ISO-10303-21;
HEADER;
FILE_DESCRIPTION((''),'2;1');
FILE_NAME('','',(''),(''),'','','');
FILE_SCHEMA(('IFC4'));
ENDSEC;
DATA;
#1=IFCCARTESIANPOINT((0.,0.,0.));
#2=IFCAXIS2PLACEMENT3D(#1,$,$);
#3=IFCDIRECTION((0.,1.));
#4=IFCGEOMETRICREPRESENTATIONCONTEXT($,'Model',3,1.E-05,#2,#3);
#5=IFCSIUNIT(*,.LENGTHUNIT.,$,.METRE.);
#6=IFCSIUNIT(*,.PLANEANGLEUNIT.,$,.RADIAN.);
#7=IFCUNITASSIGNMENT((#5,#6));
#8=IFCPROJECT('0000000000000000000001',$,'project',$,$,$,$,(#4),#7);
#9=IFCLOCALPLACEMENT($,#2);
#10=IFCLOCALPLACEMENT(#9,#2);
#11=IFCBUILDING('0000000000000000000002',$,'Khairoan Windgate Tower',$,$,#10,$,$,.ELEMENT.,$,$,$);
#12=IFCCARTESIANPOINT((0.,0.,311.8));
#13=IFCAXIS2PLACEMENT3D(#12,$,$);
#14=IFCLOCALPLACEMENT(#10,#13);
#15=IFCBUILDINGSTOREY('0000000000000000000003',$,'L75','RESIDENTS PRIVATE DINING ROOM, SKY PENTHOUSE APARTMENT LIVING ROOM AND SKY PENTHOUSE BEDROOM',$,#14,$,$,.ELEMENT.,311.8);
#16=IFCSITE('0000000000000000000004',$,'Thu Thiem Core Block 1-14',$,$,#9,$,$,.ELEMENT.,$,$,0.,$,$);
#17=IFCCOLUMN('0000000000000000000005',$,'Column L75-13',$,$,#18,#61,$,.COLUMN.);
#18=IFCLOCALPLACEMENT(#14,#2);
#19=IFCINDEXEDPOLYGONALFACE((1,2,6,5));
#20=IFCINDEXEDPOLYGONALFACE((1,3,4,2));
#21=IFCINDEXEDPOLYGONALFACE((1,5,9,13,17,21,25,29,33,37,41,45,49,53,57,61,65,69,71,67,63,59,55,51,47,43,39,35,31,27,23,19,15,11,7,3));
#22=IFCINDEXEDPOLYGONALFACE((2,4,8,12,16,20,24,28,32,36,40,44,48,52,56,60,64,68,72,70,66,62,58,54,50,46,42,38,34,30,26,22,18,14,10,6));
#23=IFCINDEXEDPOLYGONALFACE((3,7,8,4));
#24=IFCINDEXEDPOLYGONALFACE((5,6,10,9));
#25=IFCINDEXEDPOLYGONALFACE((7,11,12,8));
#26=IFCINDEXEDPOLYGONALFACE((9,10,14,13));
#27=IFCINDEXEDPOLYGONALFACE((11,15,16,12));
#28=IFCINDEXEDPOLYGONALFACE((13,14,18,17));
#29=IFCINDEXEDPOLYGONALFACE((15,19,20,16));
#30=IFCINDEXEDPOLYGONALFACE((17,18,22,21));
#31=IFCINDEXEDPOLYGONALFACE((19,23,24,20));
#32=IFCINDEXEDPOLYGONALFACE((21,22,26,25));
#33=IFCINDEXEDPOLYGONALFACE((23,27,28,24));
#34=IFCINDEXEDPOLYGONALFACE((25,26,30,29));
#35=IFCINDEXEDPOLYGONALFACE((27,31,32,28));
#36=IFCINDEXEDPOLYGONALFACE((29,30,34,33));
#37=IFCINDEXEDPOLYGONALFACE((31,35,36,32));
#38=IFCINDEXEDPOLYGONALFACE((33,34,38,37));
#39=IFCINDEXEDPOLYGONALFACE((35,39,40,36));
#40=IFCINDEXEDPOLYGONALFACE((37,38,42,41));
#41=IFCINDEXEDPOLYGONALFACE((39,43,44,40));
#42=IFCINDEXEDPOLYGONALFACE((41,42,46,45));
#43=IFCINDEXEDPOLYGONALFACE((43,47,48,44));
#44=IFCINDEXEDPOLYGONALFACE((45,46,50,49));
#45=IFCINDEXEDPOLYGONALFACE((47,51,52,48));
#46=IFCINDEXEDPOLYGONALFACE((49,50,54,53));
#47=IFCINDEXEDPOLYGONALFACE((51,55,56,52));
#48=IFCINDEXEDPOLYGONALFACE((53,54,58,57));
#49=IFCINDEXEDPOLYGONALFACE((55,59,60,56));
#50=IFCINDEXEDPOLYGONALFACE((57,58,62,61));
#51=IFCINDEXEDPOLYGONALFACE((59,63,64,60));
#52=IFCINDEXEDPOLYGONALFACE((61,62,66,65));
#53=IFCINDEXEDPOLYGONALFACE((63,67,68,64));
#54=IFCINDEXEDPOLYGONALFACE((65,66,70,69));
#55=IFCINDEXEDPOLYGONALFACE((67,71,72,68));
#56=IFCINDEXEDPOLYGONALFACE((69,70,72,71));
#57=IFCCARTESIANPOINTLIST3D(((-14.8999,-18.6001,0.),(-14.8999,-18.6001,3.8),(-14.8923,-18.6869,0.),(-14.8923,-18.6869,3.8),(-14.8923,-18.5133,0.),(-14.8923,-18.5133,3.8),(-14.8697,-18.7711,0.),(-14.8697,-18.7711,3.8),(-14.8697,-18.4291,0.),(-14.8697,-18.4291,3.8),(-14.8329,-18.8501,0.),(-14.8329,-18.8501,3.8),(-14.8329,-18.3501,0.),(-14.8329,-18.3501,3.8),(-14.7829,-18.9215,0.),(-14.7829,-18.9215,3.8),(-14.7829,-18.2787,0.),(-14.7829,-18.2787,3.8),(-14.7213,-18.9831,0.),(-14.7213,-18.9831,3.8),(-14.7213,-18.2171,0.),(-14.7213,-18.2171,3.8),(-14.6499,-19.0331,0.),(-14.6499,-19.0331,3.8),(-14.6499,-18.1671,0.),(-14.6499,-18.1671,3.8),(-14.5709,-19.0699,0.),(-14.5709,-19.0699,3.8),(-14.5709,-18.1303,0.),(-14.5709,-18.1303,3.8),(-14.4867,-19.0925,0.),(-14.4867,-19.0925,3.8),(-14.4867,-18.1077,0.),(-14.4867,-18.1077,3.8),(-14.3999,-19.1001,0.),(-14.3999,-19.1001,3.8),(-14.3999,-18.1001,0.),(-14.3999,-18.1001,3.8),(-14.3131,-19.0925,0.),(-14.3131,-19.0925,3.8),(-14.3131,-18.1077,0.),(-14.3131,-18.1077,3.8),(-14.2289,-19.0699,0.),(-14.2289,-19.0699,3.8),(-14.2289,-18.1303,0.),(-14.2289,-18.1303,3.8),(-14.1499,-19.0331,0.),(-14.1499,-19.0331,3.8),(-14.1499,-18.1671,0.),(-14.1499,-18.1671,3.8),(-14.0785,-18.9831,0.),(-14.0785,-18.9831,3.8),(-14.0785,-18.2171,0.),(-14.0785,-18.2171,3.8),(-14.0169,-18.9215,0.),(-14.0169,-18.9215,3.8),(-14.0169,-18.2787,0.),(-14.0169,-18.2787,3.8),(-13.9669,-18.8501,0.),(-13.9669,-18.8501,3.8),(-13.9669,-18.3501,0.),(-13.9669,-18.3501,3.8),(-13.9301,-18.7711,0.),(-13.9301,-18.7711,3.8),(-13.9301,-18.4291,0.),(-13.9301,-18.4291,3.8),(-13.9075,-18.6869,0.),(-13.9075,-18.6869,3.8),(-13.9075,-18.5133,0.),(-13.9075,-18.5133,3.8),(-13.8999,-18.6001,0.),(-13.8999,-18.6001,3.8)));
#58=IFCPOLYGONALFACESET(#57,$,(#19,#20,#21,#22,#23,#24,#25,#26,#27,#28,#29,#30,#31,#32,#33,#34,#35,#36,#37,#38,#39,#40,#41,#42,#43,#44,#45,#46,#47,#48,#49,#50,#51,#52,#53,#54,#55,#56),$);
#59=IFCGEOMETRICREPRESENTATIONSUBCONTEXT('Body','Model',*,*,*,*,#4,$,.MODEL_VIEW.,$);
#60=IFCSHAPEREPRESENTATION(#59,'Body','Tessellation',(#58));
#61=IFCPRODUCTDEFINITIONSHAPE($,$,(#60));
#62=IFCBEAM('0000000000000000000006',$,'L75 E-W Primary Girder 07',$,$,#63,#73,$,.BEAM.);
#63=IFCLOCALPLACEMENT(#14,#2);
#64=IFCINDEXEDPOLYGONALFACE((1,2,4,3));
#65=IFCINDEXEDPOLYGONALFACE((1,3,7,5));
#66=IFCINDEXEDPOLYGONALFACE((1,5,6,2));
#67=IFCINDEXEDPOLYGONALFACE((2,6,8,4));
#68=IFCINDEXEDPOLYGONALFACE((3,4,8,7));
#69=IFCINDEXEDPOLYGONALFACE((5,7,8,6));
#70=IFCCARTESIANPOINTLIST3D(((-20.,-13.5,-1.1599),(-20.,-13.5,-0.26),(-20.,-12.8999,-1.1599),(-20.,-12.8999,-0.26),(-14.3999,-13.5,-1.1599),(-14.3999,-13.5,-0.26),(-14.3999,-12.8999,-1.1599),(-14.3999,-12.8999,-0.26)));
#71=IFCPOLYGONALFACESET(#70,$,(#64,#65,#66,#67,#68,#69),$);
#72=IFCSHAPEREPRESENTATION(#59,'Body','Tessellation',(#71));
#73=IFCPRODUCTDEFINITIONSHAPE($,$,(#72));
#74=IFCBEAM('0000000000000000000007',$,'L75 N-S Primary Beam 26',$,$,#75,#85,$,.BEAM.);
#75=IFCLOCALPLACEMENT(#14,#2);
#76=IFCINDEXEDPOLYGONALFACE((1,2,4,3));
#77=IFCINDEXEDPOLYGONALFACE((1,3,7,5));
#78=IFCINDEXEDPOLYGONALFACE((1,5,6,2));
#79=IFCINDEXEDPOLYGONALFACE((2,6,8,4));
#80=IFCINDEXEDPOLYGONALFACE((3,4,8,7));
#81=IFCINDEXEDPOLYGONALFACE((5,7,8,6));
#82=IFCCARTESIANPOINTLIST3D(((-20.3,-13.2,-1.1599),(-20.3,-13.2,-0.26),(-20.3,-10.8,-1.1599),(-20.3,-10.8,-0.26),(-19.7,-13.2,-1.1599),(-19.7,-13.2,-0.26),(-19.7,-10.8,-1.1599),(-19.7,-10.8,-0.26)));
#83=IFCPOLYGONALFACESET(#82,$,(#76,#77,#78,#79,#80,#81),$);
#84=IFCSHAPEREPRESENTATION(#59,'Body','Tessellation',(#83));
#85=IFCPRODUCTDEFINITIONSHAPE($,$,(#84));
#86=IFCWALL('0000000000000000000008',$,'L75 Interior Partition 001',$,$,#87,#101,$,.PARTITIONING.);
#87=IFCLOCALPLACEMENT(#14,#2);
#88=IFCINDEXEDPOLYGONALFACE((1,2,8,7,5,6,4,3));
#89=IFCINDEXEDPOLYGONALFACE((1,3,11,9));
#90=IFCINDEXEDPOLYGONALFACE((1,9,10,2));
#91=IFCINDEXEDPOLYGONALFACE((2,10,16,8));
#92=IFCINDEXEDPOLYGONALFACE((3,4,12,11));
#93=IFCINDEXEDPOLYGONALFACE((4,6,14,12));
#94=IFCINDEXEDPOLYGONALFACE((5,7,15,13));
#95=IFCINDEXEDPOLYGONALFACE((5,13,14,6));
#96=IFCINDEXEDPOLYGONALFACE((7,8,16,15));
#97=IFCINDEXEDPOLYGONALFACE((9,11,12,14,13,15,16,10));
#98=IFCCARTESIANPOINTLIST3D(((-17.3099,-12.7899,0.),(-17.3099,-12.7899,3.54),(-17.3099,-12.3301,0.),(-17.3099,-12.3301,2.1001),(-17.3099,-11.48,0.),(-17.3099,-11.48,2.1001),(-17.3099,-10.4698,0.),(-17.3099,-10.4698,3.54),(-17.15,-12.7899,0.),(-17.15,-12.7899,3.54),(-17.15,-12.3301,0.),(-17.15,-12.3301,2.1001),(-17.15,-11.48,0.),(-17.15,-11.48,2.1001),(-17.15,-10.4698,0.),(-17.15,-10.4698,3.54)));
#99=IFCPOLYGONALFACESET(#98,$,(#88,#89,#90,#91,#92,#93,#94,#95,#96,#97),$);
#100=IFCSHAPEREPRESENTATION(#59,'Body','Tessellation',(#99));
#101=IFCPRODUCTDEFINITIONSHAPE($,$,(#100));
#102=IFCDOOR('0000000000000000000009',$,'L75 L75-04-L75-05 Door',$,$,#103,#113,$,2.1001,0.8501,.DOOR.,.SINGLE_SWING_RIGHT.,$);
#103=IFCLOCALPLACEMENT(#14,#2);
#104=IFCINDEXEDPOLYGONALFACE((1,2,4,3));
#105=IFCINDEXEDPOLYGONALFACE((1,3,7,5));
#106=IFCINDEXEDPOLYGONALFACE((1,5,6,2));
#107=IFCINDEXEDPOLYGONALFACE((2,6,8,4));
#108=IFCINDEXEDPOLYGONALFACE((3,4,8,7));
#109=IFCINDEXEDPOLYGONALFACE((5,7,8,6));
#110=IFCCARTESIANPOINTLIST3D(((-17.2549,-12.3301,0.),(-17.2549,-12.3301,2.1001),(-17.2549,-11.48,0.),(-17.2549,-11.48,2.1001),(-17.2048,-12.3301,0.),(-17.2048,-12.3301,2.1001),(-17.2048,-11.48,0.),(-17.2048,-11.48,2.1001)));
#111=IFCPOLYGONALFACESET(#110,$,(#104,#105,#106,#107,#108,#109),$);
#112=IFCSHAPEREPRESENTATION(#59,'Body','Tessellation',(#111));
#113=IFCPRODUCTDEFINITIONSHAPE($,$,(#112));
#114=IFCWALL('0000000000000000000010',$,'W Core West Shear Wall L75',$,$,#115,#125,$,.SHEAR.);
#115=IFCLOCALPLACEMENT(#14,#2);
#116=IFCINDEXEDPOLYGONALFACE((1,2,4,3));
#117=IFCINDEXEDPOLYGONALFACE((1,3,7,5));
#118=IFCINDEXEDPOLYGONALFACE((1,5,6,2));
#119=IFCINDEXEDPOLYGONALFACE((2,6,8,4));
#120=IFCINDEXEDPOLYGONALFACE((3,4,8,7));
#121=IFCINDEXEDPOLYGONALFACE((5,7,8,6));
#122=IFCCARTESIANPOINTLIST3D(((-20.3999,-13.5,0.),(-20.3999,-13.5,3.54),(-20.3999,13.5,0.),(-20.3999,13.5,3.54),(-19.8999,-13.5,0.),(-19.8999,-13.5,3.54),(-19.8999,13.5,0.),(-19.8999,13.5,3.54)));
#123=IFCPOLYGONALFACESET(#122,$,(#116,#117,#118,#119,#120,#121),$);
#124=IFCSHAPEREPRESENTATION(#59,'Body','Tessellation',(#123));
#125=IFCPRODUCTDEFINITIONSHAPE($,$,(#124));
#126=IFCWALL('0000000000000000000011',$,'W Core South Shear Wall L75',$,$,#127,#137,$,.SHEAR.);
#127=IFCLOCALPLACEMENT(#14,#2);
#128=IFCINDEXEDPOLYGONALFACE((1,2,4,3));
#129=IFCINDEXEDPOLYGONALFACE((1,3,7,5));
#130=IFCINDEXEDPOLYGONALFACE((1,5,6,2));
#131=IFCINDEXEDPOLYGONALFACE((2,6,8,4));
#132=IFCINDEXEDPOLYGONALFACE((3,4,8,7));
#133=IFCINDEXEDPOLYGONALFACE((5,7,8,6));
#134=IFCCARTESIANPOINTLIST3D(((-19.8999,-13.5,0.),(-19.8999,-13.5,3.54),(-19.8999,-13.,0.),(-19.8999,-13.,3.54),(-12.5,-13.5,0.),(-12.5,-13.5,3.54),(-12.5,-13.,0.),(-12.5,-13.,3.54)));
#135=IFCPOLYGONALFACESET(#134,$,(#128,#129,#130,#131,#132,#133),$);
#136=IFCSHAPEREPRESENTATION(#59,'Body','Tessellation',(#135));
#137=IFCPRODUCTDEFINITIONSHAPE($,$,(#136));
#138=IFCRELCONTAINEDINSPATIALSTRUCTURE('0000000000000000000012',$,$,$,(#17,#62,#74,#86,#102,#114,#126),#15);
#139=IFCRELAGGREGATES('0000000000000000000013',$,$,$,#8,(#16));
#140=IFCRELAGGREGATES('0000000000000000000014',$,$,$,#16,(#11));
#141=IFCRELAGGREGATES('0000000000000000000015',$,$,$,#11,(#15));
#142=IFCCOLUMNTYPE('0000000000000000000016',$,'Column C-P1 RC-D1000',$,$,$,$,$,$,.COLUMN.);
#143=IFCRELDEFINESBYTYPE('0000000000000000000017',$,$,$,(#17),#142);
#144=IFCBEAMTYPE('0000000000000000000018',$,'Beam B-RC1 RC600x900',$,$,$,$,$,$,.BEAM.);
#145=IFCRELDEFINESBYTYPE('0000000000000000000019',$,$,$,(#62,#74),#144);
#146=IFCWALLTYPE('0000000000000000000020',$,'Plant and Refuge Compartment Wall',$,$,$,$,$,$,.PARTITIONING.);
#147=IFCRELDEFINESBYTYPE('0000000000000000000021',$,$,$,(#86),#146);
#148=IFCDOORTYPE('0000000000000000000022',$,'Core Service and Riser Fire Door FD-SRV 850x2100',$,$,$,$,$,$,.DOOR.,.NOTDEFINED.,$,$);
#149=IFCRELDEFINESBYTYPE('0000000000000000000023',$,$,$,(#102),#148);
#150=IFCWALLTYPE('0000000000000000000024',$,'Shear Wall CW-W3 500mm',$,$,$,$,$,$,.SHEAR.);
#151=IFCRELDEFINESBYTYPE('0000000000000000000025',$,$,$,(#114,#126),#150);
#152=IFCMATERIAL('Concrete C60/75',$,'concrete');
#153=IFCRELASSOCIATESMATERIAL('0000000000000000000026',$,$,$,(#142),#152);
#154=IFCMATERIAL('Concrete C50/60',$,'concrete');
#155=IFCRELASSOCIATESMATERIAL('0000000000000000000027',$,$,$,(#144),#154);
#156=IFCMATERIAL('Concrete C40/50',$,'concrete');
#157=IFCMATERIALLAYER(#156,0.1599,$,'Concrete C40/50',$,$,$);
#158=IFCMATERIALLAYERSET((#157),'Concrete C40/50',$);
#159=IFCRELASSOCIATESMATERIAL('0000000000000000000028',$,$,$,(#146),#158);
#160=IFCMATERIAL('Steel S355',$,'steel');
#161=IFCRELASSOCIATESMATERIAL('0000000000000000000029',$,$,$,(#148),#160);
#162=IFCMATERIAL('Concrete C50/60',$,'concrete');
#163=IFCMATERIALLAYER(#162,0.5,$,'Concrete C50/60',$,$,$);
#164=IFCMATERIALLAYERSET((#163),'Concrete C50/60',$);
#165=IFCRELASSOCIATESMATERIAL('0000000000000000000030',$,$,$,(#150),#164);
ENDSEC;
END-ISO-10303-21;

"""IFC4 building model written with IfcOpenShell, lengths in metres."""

from ifc_helpers import new_model, si_unit, direction, frame, frame_2d, origin, origin_2d, place, context, subcontext, project, spatial, rectangle, circle, extrude, material, layer, layer_set, material_profile, profile_set, type_object, element, fill, save


model = new_model("IFC4")

# Units and contexts
model_context = context("Model", 3, precision=1e-05, world=origin(), true_north=direction((0.0, 1.0)))
body_context = subcontext(model_context, "Body", "Model", "MODEL_VIEW")
ifc_project = project(units=[si_unit("LENGTHUNIT", "METRE"), si_unit("PLANEANGLEUNIT", "RADIAN")], contexts=[model_context])

# Site, building, storey
site_placement = place(None, origin())
site = spatial("IfcSite", under=ifc_project, at=site_placement, Name="Thu Thiem Core Block 1-14", CompositionType="ELEMENT", RefElevation=0.0)
building_placement = place(site_placement, origin())
building = spatial("IfcBuilding", under=site, at=building_placement, Name="Khairoan Windgate Tower", CompositionType="ELEMENT")
storey_placement = place(building_placement, frame((0.0, 0.0, 311.8)))
storey = spatial("IfcBuildingStorey", under=building, at=storey_placement, Name="L75", Description="RESIDENTS PRIVATE DINING ROOM, SKY PENTHOUSE APARTMENT LIVING ROOM AND SKY PENTHOUSE BEDROOM", CompositionType="ELEMENT", Elevation=311.8)

# Column
ifc_material_1 = material(Name="Concrete C60/75", Category="concrete")
ifc_material_profile_1 = material_profile(ifc_material_1, circle(Radius=0.5, at=origin_2d()))
ifc_profile_set_1 = profile_set([ifc_material_profile_1], Name="Concrete C60/75")
column_type = type_object("IfcColumnType", Name="Column C-P1 RC-D1000", PredefinedType="COLUMN", material=ifc_profile_set_1)
column_placement = place(storey_placement, frame((-14.3999, -18.6001, 0.0), z_axis=(0.0, 0.0, 1.0), x_axis=(1.0, 0.0, 0.0)))
element("IfcColumn", 1, at=column_placement, inside=storey, type_object=column_type, Name="Column L75-13", PredefinedType="COLUMN", context=body_context, shape_type="SweptSolid", body=[
    extrude(circle(Radius=0.5, at=origin_2d()), origin(), (0.0, 0.0, 1.0), 3.8),
])

# Beams
ifc_material_2 = material(Name="Concrete C50/60", Category="concrete")
ifc_material_profile_2 = material_profile(ifc_material_2, rectangle(XDim=0.6001, YDim=0.8999, at=origin_2d()))
ifc_profile_set_2 = profile_set([ifc_material_profile_2], Name="Concrete C50/60")
beam_type = type_object("IfcBeamType", Name="Beam B-RC1 RC600x900", PredefinedType="BEAM", material=ifc_profile_set_2)
beam_1_placement = place(storey_placement, frame((-20.0, -13.2, -0.71), z_axis=(1.0, 0.0, 0.0), x_axis=(0.0, 1.0, 0.0)))
element("IfcBeam", 2, at=beam_1_placement, inside=storey, type_object=beam_type, Name="L75 E-W Primary Girder 07", PredefinedType="BEAM", context=body_context, shape_type="SweptSolid", body=[
    extrude(rectangle(XDim=0.6001, YDim=0.8999, at=origin_2d()), origin(), (0.0, 0.0, 1.0), 5.6001),
])
beam_2_placement = place(storey_placement, frame((-20.0, -13.2, -0.71), z_axis=(0.0, 1.0, 0.0), x_axis=(-1.0, 0.0, 0.0)))
element("IfcBeam", 3, at=beam_2_placement, inside=storey, type_object=beam_type, Name="L75 N-S Primary Beam 26", PredefinedType="BEAM", context=body_context, shape_type="SweptSolid", body=[
    extrude(rectangle(XDim=0.6001, YDim=0.8999, at=origin_2d()), origin(), (0.0, 0.0, 1.0), 2.3999),
])

# Wall, opening, door
ifc_material_3 = material(Name="Concrete C40/50", Category="concrete")
ifc_layer_1 = layer(ifc_material_3, 0.1599, Name="Concrete C40/50")
ifc_layer_set_1 = layer_set([ifc_layer_1], Name="Concrete C40/50")
wall_type_1 = type_object("IfcWallType", Name="Plant and Refuge Compartment Wall", PredefinedType="PARTITIONING", material=ifc_layer_set_1)
wall_1_placement = place(storey_placement, frame((-17.23, -12.79, 0.0), z_axis=(0.0, 0.0, 1.0), x_axis=(0.0, 1.0, 0.0)))
wall_1 = element("IfcWall", 4, at=wall_1_placement, inside=storey, type_object=wall_type_1, Name="L75 Interior Partition 001", PredefinedType="PARTITIONING", context=body_context, shape_type="SweptSolid", body=[
    extrude(rectangle(XDim=2.3201, YDim=0.1599, at=frame_2d((1.1602, 0.0))), origin(), (0.0, 0.0, 1.0), 3.54),
])
opening_1_placement = place(wall_1_placement, frame((0.46, 0.0, 0.0)))
opening_1 = element("IfcOpeningElement", 5, at=opening_1_placement, cuts=wall_1, PredefinedType="OPENING", context=body_context, shape_type="SweptSolid", body=[
    extrude(rectangle(XDim=0.8501, YDim=2.1001, at=frame_2d((0.425, 1.05))), frame((0.0, 0.0898, 0.0), z_axis=(0.0, -1.0, 0.0), x_axis=(1.0, 0.0, 0.0)), (0.0, 0.0, 1.0), 0.1799),
])
ifc_material_4 = material(Name="Steel S355", Category="steel")
door_type_1 = type_object("IfcDoorType", Name="Core Service and Riser Fire Door FD-SRV 850x2100", OperationType="NOTDEFINED", PredefinedType="DOOR", material=ifc_material_4)
door_1_placement = place(opening_1_placement, origin())
door_1 = element("IfcDoor", 6, at=door_1_placement, inside=storey, type_object=door_type_1, Name="L75 L75-04-L75-05 Door", OperationType="SINGLE_SWING_RIGHT", OverallHeight=2.1001, OverallWidth=0.8501, PredefinedType="DOOR", context=body_context, shape_type="SweptSolid", body=[
    extrude(rectangle(XDim=0.8501, YDim=2.1001, at=frame_2d((0.425, 1.05))), frame((0.0, 0.0249, 0.0), z_axis=(0.0, -1.0, 0.0), x_axis=(1.0, 0.0, 0.0)), (0.0, 0.0, 1.0), 0.05),
])
fill(opening_1, door_1)

# Walls
ifc_material_5 = material(Name="Concrete C50/60", Category="concrete")
ifc_layer_2 = layer(ifc_material_5, 0.5, Name="Concrete C50/60")
ifc_layer_set_2 = layer_set([ifc_layer_2], Name="Concrete C50/60")
wall_type_2 = type_object("IfcWallType", Name="Shear Wall CW-W3 500mm", PredefinedType="SHEAR", material=ifc_layer_set_2)
wall_2_placement = place(storey_placement, frame((-20.1499, -13.5, 0.0), z_axis=(0.0, 0.0, 1.0), x_axis=(0.0, 1.0, 0.0)))
element("IfcWall", 7, at=wall_2_placement, inside=storey, type_object=wall_type_2, Name="W Core West Shear Wall L75", PredefinedType="SHEAR", context=body_context, shape_type="SweptSolid", body=[
    extrude(rectangle(XDim=27.0, YDim=0.5, at=frame_2d((13.5, 0.0))), origin(), (0.0, 0.0, 1.0), 3.54),
])
wall_3_placement = place(storey_placement, frame((-19.8999, -13.25, 0.0), z_axis=(0.0, 0.0, 1.0), x_axis=(1.0, 0.0, 0.0)))
element("IfcWall", 8, at=wall_3_placement, inside=storey, type_object=wall_type_2, Name="W Core South Shear Wall L75", PredefinedType="SHEAR", context=body_context, shape_type="SweptSolid", body=[
    extrude(rectangle(XDim=7.3999, YDim=0.5, at=frame_2d((3.7, 0.0))), origin(), (0.0, 0.0, 1.0), 3.54),
])

save(model, "model.ifc")
